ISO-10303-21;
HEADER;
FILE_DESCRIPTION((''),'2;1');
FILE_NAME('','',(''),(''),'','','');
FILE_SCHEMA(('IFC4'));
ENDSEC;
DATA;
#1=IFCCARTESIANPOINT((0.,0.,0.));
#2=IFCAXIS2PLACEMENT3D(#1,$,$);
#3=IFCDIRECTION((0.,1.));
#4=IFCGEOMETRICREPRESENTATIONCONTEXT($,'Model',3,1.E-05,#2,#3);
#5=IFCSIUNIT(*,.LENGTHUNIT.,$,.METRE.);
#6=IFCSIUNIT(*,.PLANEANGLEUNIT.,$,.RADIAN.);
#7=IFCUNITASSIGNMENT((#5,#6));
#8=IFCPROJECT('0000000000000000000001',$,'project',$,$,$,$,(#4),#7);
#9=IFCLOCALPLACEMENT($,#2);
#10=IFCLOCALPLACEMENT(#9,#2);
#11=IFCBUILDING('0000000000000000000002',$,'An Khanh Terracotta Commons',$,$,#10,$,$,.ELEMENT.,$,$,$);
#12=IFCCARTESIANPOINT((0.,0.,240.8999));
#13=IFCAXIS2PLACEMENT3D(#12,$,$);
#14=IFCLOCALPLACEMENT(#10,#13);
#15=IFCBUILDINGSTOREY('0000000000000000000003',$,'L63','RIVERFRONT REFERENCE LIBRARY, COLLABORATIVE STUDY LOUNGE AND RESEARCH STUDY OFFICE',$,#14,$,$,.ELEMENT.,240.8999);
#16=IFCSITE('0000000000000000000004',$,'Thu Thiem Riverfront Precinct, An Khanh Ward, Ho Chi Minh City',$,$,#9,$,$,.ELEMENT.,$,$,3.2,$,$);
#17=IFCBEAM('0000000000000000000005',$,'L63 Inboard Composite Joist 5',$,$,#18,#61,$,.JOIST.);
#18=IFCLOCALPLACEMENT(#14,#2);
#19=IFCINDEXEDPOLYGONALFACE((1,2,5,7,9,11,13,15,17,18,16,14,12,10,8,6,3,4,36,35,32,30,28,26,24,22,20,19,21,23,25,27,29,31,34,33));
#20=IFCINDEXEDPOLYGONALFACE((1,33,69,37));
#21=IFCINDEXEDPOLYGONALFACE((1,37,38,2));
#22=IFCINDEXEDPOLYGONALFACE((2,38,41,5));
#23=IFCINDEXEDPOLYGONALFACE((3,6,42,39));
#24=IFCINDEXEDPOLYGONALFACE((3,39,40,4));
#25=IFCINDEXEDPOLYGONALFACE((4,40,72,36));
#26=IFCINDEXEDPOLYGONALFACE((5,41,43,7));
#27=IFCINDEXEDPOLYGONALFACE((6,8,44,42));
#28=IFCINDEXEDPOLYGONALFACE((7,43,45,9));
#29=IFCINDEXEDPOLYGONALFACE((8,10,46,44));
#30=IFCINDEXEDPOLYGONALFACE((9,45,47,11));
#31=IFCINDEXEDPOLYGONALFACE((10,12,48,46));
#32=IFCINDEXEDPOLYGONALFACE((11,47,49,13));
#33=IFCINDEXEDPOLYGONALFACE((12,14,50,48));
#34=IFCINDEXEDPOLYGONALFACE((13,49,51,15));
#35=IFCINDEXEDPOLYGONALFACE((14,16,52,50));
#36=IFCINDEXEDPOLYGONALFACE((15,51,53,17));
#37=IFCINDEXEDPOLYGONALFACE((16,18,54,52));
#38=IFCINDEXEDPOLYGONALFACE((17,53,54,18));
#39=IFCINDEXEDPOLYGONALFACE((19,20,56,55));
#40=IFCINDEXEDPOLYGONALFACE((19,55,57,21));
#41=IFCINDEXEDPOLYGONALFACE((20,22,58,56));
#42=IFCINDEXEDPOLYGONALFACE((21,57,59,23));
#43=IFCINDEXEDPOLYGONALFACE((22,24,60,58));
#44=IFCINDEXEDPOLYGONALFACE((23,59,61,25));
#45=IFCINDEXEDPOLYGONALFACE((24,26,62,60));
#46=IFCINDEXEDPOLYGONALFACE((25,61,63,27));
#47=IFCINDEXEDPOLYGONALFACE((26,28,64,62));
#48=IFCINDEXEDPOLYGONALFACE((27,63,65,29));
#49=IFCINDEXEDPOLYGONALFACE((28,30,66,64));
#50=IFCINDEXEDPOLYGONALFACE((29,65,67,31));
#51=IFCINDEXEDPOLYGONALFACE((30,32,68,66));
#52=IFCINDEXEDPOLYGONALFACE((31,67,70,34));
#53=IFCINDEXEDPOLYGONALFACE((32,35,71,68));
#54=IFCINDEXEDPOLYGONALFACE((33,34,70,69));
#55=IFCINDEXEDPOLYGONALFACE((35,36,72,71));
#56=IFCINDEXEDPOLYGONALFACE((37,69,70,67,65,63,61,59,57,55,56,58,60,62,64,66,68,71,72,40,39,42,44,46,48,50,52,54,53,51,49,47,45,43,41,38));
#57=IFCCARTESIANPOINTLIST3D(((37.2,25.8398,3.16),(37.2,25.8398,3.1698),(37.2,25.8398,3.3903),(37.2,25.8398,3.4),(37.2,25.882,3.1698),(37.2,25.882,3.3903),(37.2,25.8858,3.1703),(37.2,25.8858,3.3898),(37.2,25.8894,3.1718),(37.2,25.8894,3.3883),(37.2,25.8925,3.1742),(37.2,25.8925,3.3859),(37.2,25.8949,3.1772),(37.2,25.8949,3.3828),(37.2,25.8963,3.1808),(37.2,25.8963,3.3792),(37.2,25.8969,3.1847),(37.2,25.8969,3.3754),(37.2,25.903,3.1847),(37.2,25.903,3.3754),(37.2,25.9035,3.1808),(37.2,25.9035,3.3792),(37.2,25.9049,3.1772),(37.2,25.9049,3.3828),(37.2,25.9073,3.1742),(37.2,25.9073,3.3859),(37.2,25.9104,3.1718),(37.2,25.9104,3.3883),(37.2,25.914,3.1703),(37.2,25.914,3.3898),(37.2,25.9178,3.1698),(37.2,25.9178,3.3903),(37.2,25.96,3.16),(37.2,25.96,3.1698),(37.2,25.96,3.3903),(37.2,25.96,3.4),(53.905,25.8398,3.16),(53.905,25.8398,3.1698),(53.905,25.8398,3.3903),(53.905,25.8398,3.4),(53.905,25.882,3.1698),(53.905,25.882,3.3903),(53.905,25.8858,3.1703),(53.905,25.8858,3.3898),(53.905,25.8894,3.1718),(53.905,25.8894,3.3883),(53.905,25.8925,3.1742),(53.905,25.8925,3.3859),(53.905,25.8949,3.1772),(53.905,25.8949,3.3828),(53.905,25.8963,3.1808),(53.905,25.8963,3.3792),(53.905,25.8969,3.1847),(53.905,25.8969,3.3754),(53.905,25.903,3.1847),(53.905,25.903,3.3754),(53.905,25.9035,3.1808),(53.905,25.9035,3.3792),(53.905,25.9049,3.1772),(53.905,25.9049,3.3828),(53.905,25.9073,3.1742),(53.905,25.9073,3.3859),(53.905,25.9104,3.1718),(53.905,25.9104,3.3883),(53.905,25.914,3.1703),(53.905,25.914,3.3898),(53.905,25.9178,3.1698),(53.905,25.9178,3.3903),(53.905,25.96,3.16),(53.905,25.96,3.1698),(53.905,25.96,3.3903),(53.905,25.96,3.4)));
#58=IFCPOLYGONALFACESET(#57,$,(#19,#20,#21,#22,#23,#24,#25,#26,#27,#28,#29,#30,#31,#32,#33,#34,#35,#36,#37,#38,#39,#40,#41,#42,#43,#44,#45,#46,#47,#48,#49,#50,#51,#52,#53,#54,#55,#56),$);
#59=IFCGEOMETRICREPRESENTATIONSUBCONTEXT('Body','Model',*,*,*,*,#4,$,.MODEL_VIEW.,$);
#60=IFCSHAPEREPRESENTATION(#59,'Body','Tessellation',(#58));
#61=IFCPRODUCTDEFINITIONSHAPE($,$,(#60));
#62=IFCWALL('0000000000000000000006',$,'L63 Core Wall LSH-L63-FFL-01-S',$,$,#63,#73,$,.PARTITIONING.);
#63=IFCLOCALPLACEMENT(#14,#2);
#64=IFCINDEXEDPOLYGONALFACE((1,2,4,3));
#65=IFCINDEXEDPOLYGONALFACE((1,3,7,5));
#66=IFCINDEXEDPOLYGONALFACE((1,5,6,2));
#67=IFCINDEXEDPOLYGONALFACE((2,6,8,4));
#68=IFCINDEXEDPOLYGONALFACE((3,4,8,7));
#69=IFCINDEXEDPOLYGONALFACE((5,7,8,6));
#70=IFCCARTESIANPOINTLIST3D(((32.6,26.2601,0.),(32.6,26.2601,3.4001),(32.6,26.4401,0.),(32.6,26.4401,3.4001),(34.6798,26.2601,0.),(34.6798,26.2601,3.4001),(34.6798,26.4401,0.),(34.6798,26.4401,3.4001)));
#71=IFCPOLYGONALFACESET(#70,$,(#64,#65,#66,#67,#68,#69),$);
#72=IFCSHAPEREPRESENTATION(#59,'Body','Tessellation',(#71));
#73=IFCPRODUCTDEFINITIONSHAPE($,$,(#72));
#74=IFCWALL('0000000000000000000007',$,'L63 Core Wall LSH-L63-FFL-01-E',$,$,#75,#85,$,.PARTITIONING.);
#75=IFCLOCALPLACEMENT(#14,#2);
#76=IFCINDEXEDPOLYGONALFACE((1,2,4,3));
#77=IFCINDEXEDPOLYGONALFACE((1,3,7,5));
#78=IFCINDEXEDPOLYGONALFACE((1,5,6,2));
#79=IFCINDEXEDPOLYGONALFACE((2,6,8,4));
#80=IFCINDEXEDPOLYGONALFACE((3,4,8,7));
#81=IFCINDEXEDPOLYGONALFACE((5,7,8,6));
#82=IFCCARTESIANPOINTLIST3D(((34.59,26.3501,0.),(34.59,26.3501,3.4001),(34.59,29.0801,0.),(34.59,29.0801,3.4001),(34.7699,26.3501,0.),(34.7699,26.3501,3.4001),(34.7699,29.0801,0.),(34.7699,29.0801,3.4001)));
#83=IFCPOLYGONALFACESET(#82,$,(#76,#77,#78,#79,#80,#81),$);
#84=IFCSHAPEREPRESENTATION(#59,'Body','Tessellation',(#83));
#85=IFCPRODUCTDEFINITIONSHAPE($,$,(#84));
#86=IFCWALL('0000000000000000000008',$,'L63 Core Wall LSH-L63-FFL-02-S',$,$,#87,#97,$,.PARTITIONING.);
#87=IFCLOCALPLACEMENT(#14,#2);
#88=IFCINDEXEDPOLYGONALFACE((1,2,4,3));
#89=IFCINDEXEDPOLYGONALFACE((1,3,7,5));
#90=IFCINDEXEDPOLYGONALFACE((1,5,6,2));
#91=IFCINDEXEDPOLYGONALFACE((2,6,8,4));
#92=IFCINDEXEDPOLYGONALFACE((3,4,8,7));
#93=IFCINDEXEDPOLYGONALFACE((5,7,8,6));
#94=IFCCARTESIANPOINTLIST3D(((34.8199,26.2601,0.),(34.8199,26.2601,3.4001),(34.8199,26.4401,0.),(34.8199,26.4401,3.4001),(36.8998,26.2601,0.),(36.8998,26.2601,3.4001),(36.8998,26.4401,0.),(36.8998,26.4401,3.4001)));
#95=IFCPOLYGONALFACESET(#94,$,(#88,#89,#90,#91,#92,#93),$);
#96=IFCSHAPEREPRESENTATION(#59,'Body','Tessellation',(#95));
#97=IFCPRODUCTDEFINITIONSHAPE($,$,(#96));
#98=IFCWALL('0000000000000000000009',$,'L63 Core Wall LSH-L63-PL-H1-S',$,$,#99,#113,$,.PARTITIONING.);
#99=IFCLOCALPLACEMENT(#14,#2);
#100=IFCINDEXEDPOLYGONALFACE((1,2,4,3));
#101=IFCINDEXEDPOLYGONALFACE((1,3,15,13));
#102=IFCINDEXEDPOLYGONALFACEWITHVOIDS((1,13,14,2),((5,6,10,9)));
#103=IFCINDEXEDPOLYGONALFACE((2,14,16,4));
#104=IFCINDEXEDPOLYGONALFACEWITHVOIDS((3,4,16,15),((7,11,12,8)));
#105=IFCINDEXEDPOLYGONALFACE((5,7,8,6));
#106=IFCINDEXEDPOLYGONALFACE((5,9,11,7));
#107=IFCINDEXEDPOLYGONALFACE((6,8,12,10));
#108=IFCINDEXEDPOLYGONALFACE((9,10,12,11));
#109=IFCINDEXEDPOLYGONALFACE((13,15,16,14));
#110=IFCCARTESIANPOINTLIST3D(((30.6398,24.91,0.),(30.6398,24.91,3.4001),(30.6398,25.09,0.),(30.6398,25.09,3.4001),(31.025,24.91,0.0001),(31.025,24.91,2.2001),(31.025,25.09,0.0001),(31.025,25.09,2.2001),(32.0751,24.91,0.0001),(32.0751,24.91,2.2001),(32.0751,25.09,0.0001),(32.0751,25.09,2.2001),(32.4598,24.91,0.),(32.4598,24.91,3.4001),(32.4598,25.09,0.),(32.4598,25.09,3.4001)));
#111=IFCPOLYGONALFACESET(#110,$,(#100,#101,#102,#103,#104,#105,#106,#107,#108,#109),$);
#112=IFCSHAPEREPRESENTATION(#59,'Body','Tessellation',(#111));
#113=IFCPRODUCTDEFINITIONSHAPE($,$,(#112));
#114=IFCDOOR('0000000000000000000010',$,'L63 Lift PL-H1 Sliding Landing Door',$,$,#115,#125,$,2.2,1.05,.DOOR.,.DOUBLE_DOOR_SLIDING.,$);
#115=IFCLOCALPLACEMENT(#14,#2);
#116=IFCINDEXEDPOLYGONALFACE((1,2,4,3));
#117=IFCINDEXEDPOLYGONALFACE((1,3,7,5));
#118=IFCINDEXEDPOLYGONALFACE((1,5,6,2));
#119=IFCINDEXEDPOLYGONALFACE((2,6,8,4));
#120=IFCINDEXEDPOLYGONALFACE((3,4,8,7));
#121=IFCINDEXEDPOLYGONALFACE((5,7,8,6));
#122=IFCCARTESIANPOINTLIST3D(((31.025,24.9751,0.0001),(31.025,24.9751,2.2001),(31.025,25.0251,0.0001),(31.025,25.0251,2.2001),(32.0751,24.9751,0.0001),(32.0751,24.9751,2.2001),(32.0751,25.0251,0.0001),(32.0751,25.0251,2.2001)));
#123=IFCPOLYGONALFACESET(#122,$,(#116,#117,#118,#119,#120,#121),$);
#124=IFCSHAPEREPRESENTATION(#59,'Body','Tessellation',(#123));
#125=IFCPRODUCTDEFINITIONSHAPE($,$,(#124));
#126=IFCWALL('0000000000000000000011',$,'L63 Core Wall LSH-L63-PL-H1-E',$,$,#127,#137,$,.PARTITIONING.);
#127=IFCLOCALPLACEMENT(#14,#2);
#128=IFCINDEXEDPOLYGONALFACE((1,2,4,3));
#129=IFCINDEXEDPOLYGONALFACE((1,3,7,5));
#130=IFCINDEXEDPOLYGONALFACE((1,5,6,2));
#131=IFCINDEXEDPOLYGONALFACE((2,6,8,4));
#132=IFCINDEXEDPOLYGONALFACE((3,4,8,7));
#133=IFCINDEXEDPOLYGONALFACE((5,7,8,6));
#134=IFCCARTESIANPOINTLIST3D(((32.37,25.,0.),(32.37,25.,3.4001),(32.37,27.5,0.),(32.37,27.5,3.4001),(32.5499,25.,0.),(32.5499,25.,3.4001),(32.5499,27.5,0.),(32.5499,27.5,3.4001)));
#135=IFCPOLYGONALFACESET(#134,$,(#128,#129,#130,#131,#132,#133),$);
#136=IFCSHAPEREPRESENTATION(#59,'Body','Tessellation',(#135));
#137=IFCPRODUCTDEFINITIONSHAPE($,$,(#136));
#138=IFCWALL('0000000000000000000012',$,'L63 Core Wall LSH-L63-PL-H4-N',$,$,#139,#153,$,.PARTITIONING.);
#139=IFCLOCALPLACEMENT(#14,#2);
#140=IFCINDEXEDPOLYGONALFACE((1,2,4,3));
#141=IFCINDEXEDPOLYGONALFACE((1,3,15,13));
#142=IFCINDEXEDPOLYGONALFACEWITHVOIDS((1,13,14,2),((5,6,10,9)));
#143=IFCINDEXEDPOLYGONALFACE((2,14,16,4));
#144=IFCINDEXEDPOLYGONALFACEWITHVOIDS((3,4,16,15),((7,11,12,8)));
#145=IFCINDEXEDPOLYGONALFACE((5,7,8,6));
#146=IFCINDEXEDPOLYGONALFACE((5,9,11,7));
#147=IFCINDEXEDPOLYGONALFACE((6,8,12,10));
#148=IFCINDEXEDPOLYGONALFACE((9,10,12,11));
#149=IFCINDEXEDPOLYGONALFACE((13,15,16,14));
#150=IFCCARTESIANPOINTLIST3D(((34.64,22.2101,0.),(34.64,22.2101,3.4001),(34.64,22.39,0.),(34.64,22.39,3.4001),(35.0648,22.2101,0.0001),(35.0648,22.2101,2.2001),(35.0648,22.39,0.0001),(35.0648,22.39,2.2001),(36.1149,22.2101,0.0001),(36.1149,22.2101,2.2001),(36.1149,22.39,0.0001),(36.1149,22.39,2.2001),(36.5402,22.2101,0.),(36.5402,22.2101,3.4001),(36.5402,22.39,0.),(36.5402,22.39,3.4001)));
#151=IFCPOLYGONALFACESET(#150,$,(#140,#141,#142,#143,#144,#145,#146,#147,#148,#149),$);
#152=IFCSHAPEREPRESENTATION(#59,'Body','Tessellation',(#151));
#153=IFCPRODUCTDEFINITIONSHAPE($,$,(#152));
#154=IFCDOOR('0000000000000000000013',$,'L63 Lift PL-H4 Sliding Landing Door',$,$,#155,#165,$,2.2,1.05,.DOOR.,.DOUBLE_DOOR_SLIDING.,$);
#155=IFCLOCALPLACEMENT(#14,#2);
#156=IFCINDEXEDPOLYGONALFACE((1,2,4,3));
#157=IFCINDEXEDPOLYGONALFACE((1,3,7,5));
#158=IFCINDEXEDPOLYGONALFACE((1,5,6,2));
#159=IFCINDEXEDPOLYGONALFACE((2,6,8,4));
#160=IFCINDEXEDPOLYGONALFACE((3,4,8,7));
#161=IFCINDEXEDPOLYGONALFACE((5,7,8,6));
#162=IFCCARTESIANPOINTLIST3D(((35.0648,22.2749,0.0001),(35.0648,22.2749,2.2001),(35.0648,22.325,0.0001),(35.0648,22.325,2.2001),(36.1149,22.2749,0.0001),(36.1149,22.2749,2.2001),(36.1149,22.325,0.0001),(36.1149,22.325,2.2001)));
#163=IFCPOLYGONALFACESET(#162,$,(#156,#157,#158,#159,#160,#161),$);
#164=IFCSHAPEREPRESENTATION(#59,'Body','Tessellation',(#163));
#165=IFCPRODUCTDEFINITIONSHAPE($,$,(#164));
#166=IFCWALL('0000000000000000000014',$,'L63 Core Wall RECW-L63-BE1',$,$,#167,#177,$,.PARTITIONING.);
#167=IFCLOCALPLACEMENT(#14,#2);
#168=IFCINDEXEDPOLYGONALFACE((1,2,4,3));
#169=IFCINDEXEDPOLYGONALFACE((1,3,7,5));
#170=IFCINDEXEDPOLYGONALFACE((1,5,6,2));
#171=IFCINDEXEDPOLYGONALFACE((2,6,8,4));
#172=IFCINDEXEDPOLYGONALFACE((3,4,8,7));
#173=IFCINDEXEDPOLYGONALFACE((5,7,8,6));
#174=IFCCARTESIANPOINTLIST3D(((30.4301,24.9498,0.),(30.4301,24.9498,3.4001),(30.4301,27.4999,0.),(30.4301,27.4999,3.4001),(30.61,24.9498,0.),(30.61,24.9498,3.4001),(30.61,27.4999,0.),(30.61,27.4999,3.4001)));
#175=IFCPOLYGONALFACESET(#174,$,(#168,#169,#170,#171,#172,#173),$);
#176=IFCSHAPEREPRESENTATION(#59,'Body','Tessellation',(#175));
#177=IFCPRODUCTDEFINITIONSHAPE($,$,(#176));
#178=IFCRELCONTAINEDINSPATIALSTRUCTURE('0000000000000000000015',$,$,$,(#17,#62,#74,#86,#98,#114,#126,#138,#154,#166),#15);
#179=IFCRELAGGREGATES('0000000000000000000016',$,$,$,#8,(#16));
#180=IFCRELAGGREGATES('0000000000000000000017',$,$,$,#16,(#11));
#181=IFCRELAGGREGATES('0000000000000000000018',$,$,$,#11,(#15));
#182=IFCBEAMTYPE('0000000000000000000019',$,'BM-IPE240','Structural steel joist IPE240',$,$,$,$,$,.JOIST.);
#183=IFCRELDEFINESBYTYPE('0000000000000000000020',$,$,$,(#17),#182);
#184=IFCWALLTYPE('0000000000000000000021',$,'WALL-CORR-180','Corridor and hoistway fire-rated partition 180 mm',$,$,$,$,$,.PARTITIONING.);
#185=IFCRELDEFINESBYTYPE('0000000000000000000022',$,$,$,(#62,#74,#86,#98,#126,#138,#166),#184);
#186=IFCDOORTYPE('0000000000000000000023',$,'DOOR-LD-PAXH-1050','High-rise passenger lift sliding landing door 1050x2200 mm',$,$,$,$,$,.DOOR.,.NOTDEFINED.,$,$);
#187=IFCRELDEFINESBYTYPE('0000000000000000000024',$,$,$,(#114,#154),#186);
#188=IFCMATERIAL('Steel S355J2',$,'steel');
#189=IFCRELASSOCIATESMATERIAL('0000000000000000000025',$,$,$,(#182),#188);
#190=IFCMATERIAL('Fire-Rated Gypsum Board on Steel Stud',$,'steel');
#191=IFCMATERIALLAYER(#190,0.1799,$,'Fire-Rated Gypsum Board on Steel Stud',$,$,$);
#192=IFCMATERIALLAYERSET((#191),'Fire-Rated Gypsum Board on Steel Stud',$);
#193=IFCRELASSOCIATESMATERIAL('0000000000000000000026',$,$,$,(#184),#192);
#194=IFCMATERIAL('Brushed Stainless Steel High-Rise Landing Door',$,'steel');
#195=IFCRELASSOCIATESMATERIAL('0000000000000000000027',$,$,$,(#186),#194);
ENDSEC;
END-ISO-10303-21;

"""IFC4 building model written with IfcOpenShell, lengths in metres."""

from ifc_helpers import new_model, si_unit, direction, frame, frame_2d, origin, origin_2d, place, context, subcontext, project, spatial, rectangle, i_section, extrude, material, layer, layer_set, material_profile, profile_set, type_object, element, fill, save


model = new_model("IFC4")

# Units and contexts
model_context = context("Model", 3, precision=1e-05, world=origin(), true_north=direction((0.0, 1.0)))
body_context = subcontext(model_context, "Body", "Model", "MODEL_VIEW")
ifc_project = project(units=[si_unit("LENGTHUNIT", "METRE"), si_unit("PLANEANGLEUNIT", "RADIAN")], contexts=[model_context])

# Site, building, storey
site_placement = place(None, origin())
site = spatial("IfcSite", under=ifc_project, at=site_placement, Name="Thu Thiem Riverfront Precinct, An Khanh Ward, Ho Chi Minh City", CompositionType="ELEMENT", RefElevation=3.2)
building_placement = place(site_placement, origin())
building = spatial("IfcBuilding", under=site, at=building_placement, Name="An Khanh Terracotta Commons", CompositionType="ELEMENT")
storey_placement = place(building_placement, frame((0.0, 0.0, 240.8999)))
storey = spatial("IfcBuildingStorey", under=building, at=storey_placement, Name="L63", Description="RIVERFRONT REFERENCE LIBRARY, COLLABORATIVE STUDY LOUNGE AND RESEARCH STUDY OFFICE", CompositionType="ELEMENT", Elevation=240.8999)

# Beam
ifc_material_1 = material(Name="Steel S355J2", Category="steel")
ifc_material_profile_1 = material_profile(ifc_material_1, i_section(OverallWidth=0.1201, OverallDepth=0.24, WebThickness=0.0061, FlangeThickness=0.0098, FilletRadius=0.0149, at=origin_2d()), Name="IPE240")
ifc_profile_set_1 = profile_set([ifc_material_profile_1], Name="Steel S355J2")
beam_type_1 = type_object("IfcBeamType", Name="BM-IPE240", Description="Structural steel joist IPE240", PredefinedType="JOIST", material=ifc_profile_set_1)
for number, where, z_axis, x_axis, name in (
    (1, (37.2, 25.8999, 3.28), (1.0, 0.0, 0.0), (0.0, 1.0, 0.0), "L63 Inboard Composite Joist 5"),
):
    element("IfcBeam", number, at=place(storey_placement, frame(where, z_axis=z_axis, x_axis=x_axis)), inside=storey, type_object=beam_type_1, Name=name, PredefinedType="JOIST", context=body_context, shape_type="SweptSolid", body=[
        extrude(i_section(OverallWidth=0.1201, OverallDepth=0.24, WebThickness=0.0061, FlangeThickness=0.0098, FilletRadius=0.0149, at=origin_2d()), origin(), (0.0, 0.0, 1.0), 16.7051),
    ])

# Walls
ifc_material_2 = material(Name="Fire-Rated Gypsum Board on Steel Stud", Category="steel")
ifc_layer = layer(ifc_material_2, 0.1799, Name="Fire-Rated Gypsum Board on Steel Stud")
ifc_layer_set = layer_set([ifc_layer], Name="Fire-Rated Gypsum Board on Steel Stud")
wall_type = type_object("IfcWallType", Name="WALL-CORR-180", Description="Corridor and hoistway fire-rated partition 180 mm", PredefinedType="PARTITIONING", material=ifc_layer_set)
wall_1_placement = place(storey_placement, frame((34.6799, 26.3501, 0.0), z_axis=(0.0, 0.0, 1.0), x_axis=(-1.0, 0.0, 0.0)))
element("IfcWall", 2, at=wall_1_placement, inside=storey, type_object=wall_type, Name="L63 Core Wall LSH-L63-FFL-01-S", PredefinedType="PARTITIONING", context=body_context, shape_type="SweptSolid", body=[
    extrude(rectangle(XDim=2.0798, YDim=0.1799, at=frame_2d((1.04, 0.0))), origin(), (0.0, 0.0, 1.0), 3.4001),
])
wall_2_placement = place(storey_placement, frame((34.6799, 26.3501, 0.0), z_axis=(0.0, 0.0, 1.0), x_axis=(0.0, 1.0, 0.0)))
element("IfcWall", 3, at=wall_2_placement, inside=storey, type_object=wall_type, Name="L63 Core Wall LSH-L63-FFL-01-E", PredefinedType="PARTITIONING", context=body_context, shape_type="SweptSolid", body=[
    extrude(rectangle(XDim=2.73, YDim=0.1799, at=frame_2d((1.365, 0.0))), origin(), (0.0, 0.0, 1.0), 3.4001),
])
wall_3_placement = place(storey_placement, frame((36.8999, 26.3501, 0.0), z_axis=(0.0, 0.0, 1.0), x_axis=(-1.0, 0.0, 0.0)))
element("IfcWall", 4, at=wall_3_placement, inside=storey, type_object=wall_type, Name="L63 Core Wall LSH-L63-FFL-02-S", PredefinedType="PARTITIONING", context=body_context, shape_type="SweptSolid", body=[
    extrude(rectangle(XDim=2.0798, YDim=0.1799, at=frame_2d((1.04, 0.0))), origin(), (0.0, 0.0, 1.0), 3.4001),
])

# Wall, opening, door
wall_4_placement = place(storey_placement, frame((32.46, 25.0, 0.0), z_axis=(0.0, 0.0, 1.0), x_axis=(-1.0, 0.0, 0.0)))
wall_4 = element("IfcWall", 5, at=wall_4_placement, inside=storey, type_object=wall_type, Name="L63 Core Wall LSH-L63-PL-H1-S", PredefinedType="PARTITIONING", context=body_context, shape_type="SweptSolid", body=[
    extrude(rectangle(XDim=1.8201, YDim=0.1799, at=frame_2d((0.9102, 0.0))), origin(), (0.0, 0.0, 1.0), 3.4001),
])
opening_1_placement = place(wall_4_placement, frame((0.385, 0.0, 0.0)))
opening_1 = element("IfcOpeningElement", 6, at=opening_1_placement, cuts=wall_4, PredefinedType="OPENING", context=body_context, shape_type="SweptSolid", body=[
    extrude(rectangle(XDim=1.05, YDim=2.2, at=frame_2d((0.5249, 1.1001))), frame((0.0, 0.0999, 0.0), z_axis=(0.0, -1.0, 0.0), x_axis=(1.0, 0.0, 0.0)), (0.0, 0.0, 1.0), 0.2),
])
ifc_material_3 = material(Name="Brushed Stainless Steel High-Rise Landing Door", Category="steel")
door_type_1 = type_object("IfcDoorType", Name="DOOR-LD-PAXH-1050", Description="High-rise passenger lift sliding landing door 1050x2200 mm", OperationType="NOTDEFINED", PredefinedType="DOOR", material=ifc_material_3)
door_1_placement = place(opening_1_placement, origin())
door_1 = element("IfcDoor", 7, at=door_1_placement, inside=storey, type_object=door_type_1, Name="L63 Lift PL-H1 Sliding Landing Door", OperationType="DOUBLE_DOOR_SLIDING", OverallHeight=2.2, OverallWidth=1.05, PredefinedType="DOOR", context=body_context, shape_type="SweptSolid", body=[
    extrude(rectangle(XDim=1.05, YDim=2.2, at=frame_2d((0.5249, 1.1001))), frame((0.0, 0.0249, 0.0), z_axis=(0.0, -1.0, 0.0), x_axis=(1.0, 0.0, 0.0)), (0.0, 0.0, 1.0), 0.05),
])
fill(opening_1, door_1)

# Wall
wall_5_placement = place(storey_placement, frame((32.46, 25.0, 0.0), z_axis=(0.0, 0.0, 1.0), x_axis=(0.0, 1.0, 0.0)))
element("IfcWall", 8, at=wall_5_placement, inside=storey, type_object=wall_type, Name="L63 Core Wall LSH-L63-PL-H1-E", PredefinedType="PARTITIONING", context=body_context, shape_type="SweptSolid", body=[
    extrude(rectangle(XDim=2.5, YDim=0.1799, at=frame_2d((1.25, 0.0))), origin(), (0.0, 0.0, 1.0), 3.4001),
])

# Wall, opening, door
wall_6_placement = place(storey_placement, frame((34.6399, 22.3, 0.0), z_axis=(0.0, 0.0, 1.0), x_axis=(1.0, 0.0, 0.0)))
wall_6 = element("IfcWall", 9, at=wall_6_placement, inside=storey, type_object=wall_type, Name="L63 Core Wall LSH-L63-PL-H4-N", PredefinedType="PARTITIONING", context=body_context, shape_type="SweptSolid", body=[
    extrude(rectangle(XDim=1.9001, YDim=0.1799, at=frame_2d((0.9502, 0.0))), origin(), (0.0, 0.0, 1.0), 3.4001),
])
opening_2_placement = place(wall_6_placement, frame((0.425, 0.0, 0.0)))
opening_2 = element("IfcOpeningElement", 10, at=opening_2_placement, cuts=wall_6, PredefinedType="OPENING", context=body_context, shape_type="SweptSolid", body=[
    extrude(rectangle(XDim=1.05, YDim=2.2, at=frame_2d((0.5249, 1.1001))), frame((0.0, 0.0999, 0.0), z_axis=(0.0, -1.0, 0.0), x_axis=(1.0, 0.0, 0.0)), (0.0, 0.0, 1.0), 0.2),
])
door_2_placement = place(opening_2_placement, origin())
door_2 = element("IfcDoor", 11, at=door_2_placement, inside=storey, type_object=door_type_1, Name="L63 Lift PL-H4 Sliding Landing Door", OperationType="DOUBLE_DOOR_SLIDING", OverallHeight=2.2, OverallWidth=1.05, PredefinedType="DOOR", context=body_context, shape_type="SweptSolid", body=[
    extrude(rectangle(XDim=1.05, YDim=2.2, at=frame_2d((0.5249, 1.1001))), frame((0.0, 0.0249, 0.0), z_axis=(0.0, -1.0, 0.0), x_axis=(1.0, 0.0, 0.0)), (0.0, 0.0, 1.0), 0.05),
])
fill(opening_2, door_2)

# Wall
wall_7_placement = place(storey_placement, frame((30.52, 24.95, 0.0), z_axis=(0.0, 0.0, 1.0), x_axis=(0.0, 1.0, 0.0)))
element("IfcWall", 12, at=wall_7_placement, inside=storey, type_object=wall_type, Name="L63 Core Wall RECW-L63-BE1", PredefinedType="PARTITIONING", context=body_context, shape_type="SweptSolid", body=[
    extrude(rectangle(XDim=2.55, YDim=0.1799, at=frame_2d((1.2749, 0.0))), origin(), (0.0, 0.0, 1.0), 3.4001),
])

save(model, "model.ifc")
